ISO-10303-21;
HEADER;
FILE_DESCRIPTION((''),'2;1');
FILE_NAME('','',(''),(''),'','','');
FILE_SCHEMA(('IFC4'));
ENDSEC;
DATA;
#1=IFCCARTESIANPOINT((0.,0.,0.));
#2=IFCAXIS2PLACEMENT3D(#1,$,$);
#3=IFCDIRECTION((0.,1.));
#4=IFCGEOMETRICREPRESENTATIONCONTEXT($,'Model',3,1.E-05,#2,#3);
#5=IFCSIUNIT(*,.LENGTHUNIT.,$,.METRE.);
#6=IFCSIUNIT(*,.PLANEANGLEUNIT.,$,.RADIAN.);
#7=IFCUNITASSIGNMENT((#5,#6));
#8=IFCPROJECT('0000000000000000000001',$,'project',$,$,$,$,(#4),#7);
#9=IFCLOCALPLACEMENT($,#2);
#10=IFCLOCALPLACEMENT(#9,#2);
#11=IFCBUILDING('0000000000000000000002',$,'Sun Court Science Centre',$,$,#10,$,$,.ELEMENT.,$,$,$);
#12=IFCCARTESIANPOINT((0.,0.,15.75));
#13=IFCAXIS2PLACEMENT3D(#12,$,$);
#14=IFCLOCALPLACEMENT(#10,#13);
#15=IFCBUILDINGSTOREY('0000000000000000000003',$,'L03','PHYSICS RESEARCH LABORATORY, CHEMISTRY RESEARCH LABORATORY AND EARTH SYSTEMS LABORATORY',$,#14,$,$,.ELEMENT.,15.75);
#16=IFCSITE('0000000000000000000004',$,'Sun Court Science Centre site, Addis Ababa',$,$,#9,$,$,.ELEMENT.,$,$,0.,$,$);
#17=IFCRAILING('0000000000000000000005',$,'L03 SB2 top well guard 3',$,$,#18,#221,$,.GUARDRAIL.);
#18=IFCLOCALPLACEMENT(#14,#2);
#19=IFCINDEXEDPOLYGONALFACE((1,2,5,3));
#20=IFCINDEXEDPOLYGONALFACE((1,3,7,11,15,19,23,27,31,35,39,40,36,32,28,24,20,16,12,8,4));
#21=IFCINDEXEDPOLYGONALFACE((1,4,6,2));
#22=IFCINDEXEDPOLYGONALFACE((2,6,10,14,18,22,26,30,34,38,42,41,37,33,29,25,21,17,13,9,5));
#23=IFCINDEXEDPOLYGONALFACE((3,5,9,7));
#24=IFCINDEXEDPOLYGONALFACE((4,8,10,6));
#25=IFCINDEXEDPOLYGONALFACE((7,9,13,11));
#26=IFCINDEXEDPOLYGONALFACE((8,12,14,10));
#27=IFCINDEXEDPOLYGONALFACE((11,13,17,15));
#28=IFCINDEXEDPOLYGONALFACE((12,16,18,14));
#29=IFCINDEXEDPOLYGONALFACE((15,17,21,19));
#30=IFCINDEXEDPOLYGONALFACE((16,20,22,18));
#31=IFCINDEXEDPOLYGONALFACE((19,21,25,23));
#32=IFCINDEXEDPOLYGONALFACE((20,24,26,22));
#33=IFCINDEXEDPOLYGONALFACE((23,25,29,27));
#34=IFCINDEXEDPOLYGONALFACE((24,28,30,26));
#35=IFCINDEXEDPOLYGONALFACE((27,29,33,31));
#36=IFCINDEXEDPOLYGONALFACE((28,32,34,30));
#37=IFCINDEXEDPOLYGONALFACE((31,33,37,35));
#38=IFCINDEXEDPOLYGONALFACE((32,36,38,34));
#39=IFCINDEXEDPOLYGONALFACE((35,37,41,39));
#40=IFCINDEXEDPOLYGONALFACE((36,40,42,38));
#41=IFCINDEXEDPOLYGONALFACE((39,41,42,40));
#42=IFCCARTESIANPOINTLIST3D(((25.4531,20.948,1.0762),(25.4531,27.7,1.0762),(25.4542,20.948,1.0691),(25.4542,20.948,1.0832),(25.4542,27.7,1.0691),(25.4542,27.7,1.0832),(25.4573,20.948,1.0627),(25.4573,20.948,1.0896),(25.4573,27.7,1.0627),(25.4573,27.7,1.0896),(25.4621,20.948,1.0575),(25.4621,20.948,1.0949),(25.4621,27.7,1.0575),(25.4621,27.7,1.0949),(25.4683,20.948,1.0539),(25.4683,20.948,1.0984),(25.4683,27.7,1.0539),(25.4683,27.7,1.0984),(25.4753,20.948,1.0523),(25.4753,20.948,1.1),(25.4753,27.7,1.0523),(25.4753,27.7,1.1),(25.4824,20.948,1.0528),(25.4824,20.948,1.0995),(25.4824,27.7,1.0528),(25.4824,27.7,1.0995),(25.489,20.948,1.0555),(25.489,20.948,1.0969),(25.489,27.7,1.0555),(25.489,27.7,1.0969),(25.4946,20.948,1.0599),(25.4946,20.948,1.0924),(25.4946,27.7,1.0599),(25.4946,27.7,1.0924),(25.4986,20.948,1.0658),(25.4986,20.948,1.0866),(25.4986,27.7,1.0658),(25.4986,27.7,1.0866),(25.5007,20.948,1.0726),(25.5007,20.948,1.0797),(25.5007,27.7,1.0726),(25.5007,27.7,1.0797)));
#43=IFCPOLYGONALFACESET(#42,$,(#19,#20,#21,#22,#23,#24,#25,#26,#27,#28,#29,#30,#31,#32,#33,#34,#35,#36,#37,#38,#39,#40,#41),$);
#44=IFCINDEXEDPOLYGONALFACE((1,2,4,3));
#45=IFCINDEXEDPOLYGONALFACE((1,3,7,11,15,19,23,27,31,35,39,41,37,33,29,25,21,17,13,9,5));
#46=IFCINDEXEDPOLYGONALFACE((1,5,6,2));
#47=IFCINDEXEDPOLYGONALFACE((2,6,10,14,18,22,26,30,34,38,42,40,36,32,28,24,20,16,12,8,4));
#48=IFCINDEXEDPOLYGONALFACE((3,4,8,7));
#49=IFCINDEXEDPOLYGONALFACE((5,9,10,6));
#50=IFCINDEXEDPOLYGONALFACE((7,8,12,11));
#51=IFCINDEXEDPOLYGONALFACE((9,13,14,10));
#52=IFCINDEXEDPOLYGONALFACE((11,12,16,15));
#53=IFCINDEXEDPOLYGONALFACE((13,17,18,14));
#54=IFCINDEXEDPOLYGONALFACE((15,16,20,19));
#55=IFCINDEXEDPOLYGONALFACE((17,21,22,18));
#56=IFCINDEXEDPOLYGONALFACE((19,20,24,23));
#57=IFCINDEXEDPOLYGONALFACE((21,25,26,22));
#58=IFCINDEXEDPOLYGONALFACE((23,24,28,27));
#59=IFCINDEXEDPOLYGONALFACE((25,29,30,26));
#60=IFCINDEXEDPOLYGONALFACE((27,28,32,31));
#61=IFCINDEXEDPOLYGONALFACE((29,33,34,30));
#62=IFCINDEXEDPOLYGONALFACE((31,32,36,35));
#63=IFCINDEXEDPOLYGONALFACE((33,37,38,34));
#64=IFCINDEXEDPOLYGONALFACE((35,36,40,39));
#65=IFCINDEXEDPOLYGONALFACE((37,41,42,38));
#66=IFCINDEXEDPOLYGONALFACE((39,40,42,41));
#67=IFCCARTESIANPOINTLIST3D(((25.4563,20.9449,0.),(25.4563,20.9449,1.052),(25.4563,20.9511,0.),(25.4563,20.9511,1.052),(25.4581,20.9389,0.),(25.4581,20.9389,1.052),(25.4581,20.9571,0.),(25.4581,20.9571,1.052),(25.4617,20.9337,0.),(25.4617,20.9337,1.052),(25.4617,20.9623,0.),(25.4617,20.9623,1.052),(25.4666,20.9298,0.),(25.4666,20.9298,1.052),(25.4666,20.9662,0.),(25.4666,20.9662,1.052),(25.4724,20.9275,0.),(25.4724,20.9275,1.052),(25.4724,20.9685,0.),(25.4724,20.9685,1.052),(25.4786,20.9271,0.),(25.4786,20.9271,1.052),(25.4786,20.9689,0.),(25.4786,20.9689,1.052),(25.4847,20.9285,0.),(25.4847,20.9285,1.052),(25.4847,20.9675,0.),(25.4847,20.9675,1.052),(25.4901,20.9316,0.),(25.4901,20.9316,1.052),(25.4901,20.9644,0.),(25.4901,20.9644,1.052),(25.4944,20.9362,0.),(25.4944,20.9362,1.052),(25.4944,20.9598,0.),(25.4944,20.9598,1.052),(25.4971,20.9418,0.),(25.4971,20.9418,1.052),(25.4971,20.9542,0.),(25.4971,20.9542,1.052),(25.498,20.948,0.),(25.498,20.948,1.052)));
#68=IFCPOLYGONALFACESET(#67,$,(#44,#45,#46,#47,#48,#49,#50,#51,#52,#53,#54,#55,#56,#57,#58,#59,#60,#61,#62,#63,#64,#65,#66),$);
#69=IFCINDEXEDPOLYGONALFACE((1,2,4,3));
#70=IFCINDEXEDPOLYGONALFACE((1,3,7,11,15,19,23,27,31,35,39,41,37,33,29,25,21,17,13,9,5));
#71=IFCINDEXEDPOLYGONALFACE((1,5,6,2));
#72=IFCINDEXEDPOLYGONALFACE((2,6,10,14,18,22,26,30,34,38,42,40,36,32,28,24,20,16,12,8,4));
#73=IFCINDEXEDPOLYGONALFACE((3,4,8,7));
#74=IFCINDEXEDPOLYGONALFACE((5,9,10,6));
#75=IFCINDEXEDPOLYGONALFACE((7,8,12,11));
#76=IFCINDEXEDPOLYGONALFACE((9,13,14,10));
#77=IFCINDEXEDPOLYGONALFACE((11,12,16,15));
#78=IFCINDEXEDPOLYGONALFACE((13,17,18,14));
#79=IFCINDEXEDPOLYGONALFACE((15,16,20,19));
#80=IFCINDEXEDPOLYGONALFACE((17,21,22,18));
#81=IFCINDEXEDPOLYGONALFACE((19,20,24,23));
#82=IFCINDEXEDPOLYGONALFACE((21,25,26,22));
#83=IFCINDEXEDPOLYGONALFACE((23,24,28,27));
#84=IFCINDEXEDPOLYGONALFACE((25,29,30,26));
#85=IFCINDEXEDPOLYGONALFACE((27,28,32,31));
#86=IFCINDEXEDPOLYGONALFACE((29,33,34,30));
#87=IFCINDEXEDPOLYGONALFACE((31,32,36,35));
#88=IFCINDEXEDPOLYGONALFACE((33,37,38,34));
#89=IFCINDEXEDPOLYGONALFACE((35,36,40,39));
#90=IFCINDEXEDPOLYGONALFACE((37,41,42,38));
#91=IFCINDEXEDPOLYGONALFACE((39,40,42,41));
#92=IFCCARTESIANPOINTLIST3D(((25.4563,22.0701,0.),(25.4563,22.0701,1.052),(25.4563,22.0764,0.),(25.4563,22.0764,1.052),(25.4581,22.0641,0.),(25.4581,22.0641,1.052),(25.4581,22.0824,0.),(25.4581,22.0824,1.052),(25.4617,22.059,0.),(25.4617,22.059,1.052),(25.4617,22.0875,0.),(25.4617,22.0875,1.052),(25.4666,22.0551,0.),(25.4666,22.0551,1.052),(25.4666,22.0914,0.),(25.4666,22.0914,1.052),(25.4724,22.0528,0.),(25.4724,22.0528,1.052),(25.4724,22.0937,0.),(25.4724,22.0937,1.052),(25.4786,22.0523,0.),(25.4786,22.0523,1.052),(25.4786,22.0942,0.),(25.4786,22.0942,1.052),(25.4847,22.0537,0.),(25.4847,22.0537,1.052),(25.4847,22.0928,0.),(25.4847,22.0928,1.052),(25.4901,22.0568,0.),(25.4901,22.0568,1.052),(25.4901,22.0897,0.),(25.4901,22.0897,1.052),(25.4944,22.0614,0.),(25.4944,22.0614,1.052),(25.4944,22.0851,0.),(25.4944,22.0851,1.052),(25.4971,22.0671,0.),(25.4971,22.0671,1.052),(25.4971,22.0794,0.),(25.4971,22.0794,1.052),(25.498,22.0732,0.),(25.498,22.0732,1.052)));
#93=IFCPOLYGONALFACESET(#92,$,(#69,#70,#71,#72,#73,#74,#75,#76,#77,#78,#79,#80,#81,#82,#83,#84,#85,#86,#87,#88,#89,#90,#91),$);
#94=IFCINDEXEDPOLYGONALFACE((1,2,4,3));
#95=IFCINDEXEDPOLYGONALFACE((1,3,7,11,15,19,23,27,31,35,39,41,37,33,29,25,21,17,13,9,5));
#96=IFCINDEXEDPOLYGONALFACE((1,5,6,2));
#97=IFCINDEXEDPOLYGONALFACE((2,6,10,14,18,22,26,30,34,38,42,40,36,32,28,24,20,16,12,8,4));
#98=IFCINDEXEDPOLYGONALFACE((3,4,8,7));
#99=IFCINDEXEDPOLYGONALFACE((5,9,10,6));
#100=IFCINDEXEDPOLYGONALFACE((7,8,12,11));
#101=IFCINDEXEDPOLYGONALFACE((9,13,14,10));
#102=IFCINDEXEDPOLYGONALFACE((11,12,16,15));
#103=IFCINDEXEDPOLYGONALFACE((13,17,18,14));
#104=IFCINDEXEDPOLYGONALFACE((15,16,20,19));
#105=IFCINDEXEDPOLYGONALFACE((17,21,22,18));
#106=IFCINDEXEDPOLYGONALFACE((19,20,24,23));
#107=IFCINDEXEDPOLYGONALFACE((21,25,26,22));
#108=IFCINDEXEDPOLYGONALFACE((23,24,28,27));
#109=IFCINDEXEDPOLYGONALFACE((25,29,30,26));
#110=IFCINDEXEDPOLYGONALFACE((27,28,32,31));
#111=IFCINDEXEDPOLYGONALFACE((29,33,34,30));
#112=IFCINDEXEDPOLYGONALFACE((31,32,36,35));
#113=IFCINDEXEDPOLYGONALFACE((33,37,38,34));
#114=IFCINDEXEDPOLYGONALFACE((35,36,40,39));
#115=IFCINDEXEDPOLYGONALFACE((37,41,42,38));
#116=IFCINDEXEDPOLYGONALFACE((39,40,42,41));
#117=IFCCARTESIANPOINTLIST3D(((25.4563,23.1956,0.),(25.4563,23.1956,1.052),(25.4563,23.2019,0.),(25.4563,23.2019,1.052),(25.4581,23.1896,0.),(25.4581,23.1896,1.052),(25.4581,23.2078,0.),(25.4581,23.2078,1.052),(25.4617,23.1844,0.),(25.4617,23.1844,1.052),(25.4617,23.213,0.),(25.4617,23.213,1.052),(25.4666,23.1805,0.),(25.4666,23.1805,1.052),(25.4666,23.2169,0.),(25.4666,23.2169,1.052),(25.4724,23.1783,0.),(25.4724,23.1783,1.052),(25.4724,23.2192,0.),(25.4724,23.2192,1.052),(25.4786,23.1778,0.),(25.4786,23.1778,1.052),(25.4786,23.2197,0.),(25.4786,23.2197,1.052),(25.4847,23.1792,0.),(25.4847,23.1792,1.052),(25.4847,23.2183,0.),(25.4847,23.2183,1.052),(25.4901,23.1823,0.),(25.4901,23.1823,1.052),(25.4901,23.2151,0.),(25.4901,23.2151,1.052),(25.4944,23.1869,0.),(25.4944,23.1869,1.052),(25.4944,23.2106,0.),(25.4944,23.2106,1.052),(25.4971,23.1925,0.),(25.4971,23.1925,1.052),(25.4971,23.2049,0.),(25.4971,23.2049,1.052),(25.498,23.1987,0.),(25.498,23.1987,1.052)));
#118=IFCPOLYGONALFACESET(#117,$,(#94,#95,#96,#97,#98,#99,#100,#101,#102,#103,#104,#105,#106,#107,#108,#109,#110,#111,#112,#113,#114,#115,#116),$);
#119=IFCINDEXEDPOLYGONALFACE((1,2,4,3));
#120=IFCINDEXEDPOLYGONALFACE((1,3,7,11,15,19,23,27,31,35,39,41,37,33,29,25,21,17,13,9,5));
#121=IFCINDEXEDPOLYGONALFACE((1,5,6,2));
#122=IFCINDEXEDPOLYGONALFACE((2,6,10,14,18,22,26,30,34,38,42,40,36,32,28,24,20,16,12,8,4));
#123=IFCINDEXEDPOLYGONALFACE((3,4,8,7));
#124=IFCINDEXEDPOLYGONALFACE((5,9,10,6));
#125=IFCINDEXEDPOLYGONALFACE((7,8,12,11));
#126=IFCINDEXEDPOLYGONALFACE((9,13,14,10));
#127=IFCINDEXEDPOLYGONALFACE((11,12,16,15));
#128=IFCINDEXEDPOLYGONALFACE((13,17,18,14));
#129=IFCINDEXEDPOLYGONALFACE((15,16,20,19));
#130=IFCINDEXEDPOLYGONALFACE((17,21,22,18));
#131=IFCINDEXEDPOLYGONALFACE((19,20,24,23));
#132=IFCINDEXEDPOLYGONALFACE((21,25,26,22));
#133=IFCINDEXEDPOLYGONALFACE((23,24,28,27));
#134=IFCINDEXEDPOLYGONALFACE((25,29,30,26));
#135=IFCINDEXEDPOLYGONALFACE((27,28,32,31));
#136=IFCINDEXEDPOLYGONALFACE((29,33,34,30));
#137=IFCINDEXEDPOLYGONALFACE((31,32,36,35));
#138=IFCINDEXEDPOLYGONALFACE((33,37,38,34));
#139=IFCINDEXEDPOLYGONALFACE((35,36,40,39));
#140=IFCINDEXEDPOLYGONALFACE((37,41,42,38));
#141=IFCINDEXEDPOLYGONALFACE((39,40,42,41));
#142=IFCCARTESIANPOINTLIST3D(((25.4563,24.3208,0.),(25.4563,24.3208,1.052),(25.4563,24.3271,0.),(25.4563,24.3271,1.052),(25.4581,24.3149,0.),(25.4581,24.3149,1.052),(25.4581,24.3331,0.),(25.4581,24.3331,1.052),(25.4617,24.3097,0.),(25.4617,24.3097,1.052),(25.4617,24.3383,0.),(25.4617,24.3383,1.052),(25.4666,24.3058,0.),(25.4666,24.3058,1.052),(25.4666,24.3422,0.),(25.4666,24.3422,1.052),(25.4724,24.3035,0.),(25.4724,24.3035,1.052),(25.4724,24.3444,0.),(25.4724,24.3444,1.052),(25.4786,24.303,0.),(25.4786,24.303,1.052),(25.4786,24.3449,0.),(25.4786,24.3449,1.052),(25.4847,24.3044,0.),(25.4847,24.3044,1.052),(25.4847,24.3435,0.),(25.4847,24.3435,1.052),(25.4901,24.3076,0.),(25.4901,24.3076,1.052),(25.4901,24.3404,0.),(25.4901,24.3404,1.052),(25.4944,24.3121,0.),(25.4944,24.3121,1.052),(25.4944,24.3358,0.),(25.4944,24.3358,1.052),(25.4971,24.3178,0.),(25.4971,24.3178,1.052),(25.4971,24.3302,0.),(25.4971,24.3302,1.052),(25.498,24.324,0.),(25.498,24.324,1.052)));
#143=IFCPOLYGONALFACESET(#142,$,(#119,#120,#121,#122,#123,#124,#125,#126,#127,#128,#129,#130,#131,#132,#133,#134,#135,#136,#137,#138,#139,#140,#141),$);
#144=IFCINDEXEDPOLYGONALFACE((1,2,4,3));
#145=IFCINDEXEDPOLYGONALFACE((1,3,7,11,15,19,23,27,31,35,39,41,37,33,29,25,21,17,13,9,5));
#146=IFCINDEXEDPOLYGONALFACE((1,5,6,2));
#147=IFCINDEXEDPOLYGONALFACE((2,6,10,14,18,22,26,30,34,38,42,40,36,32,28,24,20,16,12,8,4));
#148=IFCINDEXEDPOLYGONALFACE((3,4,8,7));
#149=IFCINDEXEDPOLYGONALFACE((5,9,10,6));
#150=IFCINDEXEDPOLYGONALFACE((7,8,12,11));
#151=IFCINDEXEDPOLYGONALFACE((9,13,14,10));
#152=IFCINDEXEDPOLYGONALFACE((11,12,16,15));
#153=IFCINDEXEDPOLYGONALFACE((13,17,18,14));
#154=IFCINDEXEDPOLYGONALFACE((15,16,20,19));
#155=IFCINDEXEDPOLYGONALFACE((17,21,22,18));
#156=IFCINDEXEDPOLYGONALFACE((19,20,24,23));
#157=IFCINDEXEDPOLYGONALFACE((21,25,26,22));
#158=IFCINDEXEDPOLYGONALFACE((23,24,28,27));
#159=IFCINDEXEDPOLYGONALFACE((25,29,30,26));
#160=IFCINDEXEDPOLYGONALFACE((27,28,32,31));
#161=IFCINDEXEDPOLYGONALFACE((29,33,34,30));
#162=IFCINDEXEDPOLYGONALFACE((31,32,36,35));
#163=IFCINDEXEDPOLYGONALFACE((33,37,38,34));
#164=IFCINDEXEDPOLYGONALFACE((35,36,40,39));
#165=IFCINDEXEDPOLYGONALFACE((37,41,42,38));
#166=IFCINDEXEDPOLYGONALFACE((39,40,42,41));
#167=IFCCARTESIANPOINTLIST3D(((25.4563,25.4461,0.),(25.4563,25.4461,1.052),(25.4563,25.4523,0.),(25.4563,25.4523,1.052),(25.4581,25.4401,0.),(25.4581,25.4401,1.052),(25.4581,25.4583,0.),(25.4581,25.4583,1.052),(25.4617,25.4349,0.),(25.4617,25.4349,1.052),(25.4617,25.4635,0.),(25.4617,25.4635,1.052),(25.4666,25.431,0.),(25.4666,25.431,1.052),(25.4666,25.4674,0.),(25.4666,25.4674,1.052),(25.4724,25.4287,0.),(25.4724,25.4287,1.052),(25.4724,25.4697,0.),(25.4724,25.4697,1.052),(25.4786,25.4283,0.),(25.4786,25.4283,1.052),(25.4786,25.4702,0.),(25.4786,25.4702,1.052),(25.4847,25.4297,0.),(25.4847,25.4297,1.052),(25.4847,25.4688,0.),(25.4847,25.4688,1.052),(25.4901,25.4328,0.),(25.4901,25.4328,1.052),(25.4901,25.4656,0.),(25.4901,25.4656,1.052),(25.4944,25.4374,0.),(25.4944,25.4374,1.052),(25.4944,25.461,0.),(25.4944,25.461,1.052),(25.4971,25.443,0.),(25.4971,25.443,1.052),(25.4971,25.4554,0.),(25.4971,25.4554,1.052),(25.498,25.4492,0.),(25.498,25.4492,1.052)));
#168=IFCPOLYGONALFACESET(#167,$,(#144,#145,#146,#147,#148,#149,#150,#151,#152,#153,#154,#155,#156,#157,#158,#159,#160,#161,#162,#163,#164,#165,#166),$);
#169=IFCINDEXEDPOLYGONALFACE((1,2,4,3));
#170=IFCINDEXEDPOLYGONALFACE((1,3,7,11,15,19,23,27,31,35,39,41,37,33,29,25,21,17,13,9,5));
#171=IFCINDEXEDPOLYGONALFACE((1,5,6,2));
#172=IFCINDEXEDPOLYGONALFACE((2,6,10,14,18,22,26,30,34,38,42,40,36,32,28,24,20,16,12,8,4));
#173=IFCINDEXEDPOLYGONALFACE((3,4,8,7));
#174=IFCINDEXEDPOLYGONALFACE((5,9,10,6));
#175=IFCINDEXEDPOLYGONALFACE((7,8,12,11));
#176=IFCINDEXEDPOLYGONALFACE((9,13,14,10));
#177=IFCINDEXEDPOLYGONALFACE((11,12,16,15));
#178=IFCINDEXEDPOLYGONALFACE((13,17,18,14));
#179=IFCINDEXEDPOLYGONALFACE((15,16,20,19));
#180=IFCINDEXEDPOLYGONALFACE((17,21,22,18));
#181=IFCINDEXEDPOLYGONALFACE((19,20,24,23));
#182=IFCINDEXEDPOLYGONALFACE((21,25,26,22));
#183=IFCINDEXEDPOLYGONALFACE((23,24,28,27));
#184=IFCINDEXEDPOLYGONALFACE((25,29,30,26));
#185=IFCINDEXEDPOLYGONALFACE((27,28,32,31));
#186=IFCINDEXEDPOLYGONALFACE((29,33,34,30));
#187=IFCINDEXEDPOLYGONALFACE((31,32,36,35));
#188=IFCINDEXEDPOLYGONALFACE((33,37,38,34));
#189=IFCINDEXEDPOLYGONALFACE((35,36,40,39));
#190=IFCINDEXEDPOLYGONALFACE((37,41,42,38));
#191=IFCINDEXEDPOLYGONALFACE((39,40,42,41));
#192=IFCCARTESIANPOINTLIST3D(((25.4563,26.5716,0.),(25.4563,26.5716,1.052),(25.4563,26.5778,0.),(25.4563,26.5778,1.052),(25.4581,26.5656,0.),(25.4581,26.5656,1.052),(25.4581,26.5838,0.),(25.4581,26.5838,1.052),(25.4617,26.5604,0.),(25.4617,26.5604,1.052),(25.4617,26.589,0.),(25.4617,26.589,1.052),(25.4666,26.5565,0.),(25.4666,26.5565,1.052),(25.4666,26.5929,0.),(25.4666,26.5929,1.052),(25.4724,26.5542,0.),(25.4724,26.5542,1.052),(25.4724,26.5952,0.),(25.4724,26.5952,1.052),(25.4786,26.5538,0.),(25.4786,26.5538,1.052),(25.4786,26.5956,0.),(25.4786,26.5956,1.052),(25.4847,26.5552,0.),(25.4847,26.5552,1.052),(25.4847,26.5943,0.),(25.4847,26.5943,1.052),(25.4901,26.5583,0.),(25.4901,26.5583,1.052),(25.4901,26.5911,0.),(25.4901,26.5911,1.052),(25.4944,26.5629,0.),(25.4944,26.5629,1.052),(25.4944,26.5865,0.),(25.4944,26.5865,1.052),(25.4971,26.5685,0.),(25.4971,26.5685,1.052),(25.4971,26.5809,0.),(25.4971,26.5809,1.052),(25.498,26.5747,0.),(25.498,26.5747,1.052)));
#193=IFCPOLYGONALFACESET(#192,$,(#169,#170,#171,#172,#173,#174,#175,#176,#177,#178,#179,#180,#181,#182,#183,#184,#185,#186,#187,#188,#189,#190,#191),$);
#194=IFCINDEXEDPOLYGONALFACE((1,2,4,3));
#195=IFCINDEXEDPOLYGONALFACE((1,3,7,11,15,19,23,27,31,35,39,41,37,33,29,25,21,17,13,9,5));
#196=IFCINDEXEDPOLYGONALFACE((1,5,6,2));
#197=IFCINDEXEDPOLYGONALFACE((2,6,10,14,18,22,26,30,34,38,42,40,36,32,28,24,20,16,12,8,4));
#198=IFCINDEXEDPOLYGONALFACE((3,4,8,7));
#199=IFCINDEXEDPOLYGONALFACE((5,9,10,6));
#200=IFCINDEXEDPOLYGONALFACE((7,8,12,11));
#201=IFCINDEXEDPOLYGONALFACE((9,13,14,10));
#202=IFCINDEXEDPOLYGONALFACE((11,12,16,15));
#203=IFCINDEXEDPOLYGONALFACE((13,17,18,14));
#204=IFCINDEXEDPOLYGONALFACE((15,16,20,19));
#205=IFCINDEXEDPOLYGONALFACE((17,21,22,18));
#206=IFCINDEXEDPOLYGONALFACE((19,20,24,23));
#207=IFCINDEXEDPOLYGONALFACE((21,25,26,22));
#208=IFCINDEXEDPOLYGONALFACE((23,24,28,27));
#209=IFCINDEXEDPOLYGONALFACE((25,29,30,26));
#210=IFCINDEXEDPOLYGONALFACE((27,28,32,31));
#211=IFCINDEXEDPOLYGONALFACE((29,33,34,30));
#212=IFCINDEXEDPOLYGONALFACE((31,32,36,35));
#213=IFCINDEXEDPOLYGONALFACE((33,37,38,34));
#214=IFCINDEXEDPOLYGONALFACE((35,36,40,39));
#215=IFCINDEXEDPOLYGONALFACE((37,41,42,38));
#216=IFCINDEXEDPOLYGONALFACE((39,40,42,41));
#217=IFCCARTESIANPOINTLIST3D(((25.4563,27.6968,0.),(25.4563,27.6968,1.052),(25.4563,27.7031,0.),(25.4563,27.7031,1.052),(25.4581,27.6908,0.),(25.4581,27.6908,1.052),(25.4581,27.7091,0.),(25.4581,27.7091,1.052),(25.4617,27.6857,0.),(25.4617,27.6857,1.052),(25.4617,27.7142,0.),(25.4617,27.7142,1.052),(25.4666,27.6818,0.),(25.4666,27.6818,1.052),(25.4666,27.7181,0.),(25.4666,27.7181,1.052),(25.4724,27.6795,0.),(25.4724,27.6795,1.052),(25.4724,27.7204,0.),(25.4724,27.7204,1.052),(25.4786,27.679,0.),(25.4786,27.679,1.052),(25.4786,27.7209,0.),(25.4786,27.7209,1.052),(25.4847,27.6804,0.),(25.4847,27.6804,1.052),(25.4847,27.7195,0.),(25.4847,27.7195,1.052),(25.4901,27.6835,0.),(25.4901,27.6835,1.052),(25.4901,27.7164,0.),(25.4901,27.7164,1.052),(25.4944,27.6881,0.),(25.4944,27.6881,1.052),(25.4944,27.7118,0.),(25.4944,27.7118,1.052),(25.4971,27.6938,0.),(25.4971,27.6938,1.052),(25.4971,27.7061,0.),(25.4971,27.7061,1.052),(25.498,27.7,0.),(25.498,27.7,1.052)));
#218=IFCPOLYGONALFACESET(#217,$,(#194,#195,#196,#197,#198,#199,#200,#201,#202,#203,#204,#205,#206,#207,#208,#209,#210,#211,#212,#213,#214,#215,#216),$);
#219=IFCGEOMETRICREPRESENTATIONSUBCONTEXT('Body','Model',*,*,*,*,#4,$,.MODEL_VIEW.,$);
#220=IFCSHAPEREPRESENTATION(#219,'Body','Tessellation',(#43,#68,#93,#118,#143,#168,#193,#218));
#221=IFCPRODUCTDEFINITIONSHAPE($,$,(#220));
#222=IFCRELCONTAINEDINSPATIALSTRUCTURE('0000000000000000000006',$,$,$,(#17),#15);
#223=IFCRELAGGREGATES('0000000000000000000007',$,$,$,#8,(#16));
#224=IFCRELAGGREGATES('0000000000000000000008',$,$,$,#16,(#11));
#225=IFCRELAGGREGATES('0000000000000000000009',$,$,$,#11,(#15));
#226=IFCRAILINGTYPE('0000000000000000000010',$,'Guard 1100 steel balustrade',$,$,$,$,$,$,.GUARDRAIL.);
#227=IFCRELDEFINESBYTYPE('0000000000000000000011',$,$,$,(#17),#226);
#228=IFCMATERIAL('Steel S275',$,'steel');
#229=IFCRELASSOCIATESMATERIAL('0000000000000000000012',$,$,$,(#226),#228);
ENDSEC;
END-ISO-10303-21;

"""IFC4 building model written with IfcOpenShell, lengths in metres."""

from ifc_helpers import new_model, si_unit, direction, frame, origin, origin_2d, place, context, subcontext, project, spatial, circle, extrude, material, type_object, element, save


model = new_model("IFC4")

# Units and contexts
model_context = context("Model", 3, precision=1e-05, world=origin(), true_north=direction((0.0, 1.0)))
body_context = subcontext(model_context, "Body", "Model", "MODEL_VIEW")
ifc_project = project(units=[si_unit("LENGTHUNIT", "METRE"), si_unit("PLANEANGLEUNIT", "RADIAN")], contexts=[model_context])

# Site, building, storey
site_placement = place(None, origin())
site = spatial("IfcSite", under=ifc_project, at=site_placement, Name="Sun Court Science Centre site, Addis Ababa", CompositionType="ELEMENT", RefElevation=0.0)
building_placement = place(site_placement, origin())
building = spatial("IfcBuilding", under=site, at=building_placement, Name="Sun Court Science Centre", CompositionType="ELEMENT")
storey_placement = place(building_placement, frame((0.0, 0.0, 15.75)))
storey = spatial("IfcBuildingStorey", under=building, at=storey_placement, Name="L03", Description="PHYSICS RESEARCH LABORATORY, CHEMISTRY RESEARCH LABORATORY AND EARTH SYSTEMS LABORATORY", CompositionType="ELEMENT", Elevation=15.75)

# Railing
ifc_material_1 = material(Name="Steel S275", Category="steel")
railing_type_1 = type_object("IfcRailingType", Name="Guard 1100 steel balustrade", PredefinedType="GUARDRAIL", material=ifc_material_1)
railing_1_placement = place(storey_placement, frame((25.4771, 20.948, 0.0)))
element("IfcRailing", 1, at=railing_1_placement, inside=storey, type_object=railing_type_1, Name="L03 SB2 top well guard 3", PredefinedType="GUARDRAIL", context=body_context, shape_type="SweptSolid", body=[
    extrude(circle(Radius=0.0239, at=origin_2d()), frame((0.0, 0.0, 1.0762), z_axis=(0.0, 1.0, 0.0), x_axis=(-1.0, 0.0, 0.0)), (0.0, 0.0, 1.0), 6.752),
    extrude(circle(Radius=0.021, at=origin_2d()), origin(), (0.0, 0.0, 1.0), 1.052),
    extrude(circle(Radius=0.021, at=origin_2d()), frame((0.0, 1.1252, 0.0)), (0.0, 0.0, 1.0), 1.052),
    extrude(circle(Radius=0.021, at=origin_2d()), frame((0.0, 2.2507, 0.0)), (0.0, 0.0, 1.0), 1.052),
    extrude(circle(Radius=0.021, at=origin_2d()), frame((0.0, 3.376, 0.0)), (0.0, 0.0, 1.0), 1.052),
    extrude(circle(Radius=0.021, at=origin_2d()), frame((0.0, 4.5012, 0.0)), (0.0, 0.0, 1.0), 1.052),
    extrude(circle(Radius=0.021, at=origin_2d()), frame((0.0, 5.6267, 0.0)), (0.0, 0.0, 1.0), 1.052),
    extrude(circle(Radius=0.021, at=origin_2d()), frame((0.0, 6.752, 0.0)), (0.0, 0.0, 1.0), 1.052),
])

save(model, "model.ifc")
